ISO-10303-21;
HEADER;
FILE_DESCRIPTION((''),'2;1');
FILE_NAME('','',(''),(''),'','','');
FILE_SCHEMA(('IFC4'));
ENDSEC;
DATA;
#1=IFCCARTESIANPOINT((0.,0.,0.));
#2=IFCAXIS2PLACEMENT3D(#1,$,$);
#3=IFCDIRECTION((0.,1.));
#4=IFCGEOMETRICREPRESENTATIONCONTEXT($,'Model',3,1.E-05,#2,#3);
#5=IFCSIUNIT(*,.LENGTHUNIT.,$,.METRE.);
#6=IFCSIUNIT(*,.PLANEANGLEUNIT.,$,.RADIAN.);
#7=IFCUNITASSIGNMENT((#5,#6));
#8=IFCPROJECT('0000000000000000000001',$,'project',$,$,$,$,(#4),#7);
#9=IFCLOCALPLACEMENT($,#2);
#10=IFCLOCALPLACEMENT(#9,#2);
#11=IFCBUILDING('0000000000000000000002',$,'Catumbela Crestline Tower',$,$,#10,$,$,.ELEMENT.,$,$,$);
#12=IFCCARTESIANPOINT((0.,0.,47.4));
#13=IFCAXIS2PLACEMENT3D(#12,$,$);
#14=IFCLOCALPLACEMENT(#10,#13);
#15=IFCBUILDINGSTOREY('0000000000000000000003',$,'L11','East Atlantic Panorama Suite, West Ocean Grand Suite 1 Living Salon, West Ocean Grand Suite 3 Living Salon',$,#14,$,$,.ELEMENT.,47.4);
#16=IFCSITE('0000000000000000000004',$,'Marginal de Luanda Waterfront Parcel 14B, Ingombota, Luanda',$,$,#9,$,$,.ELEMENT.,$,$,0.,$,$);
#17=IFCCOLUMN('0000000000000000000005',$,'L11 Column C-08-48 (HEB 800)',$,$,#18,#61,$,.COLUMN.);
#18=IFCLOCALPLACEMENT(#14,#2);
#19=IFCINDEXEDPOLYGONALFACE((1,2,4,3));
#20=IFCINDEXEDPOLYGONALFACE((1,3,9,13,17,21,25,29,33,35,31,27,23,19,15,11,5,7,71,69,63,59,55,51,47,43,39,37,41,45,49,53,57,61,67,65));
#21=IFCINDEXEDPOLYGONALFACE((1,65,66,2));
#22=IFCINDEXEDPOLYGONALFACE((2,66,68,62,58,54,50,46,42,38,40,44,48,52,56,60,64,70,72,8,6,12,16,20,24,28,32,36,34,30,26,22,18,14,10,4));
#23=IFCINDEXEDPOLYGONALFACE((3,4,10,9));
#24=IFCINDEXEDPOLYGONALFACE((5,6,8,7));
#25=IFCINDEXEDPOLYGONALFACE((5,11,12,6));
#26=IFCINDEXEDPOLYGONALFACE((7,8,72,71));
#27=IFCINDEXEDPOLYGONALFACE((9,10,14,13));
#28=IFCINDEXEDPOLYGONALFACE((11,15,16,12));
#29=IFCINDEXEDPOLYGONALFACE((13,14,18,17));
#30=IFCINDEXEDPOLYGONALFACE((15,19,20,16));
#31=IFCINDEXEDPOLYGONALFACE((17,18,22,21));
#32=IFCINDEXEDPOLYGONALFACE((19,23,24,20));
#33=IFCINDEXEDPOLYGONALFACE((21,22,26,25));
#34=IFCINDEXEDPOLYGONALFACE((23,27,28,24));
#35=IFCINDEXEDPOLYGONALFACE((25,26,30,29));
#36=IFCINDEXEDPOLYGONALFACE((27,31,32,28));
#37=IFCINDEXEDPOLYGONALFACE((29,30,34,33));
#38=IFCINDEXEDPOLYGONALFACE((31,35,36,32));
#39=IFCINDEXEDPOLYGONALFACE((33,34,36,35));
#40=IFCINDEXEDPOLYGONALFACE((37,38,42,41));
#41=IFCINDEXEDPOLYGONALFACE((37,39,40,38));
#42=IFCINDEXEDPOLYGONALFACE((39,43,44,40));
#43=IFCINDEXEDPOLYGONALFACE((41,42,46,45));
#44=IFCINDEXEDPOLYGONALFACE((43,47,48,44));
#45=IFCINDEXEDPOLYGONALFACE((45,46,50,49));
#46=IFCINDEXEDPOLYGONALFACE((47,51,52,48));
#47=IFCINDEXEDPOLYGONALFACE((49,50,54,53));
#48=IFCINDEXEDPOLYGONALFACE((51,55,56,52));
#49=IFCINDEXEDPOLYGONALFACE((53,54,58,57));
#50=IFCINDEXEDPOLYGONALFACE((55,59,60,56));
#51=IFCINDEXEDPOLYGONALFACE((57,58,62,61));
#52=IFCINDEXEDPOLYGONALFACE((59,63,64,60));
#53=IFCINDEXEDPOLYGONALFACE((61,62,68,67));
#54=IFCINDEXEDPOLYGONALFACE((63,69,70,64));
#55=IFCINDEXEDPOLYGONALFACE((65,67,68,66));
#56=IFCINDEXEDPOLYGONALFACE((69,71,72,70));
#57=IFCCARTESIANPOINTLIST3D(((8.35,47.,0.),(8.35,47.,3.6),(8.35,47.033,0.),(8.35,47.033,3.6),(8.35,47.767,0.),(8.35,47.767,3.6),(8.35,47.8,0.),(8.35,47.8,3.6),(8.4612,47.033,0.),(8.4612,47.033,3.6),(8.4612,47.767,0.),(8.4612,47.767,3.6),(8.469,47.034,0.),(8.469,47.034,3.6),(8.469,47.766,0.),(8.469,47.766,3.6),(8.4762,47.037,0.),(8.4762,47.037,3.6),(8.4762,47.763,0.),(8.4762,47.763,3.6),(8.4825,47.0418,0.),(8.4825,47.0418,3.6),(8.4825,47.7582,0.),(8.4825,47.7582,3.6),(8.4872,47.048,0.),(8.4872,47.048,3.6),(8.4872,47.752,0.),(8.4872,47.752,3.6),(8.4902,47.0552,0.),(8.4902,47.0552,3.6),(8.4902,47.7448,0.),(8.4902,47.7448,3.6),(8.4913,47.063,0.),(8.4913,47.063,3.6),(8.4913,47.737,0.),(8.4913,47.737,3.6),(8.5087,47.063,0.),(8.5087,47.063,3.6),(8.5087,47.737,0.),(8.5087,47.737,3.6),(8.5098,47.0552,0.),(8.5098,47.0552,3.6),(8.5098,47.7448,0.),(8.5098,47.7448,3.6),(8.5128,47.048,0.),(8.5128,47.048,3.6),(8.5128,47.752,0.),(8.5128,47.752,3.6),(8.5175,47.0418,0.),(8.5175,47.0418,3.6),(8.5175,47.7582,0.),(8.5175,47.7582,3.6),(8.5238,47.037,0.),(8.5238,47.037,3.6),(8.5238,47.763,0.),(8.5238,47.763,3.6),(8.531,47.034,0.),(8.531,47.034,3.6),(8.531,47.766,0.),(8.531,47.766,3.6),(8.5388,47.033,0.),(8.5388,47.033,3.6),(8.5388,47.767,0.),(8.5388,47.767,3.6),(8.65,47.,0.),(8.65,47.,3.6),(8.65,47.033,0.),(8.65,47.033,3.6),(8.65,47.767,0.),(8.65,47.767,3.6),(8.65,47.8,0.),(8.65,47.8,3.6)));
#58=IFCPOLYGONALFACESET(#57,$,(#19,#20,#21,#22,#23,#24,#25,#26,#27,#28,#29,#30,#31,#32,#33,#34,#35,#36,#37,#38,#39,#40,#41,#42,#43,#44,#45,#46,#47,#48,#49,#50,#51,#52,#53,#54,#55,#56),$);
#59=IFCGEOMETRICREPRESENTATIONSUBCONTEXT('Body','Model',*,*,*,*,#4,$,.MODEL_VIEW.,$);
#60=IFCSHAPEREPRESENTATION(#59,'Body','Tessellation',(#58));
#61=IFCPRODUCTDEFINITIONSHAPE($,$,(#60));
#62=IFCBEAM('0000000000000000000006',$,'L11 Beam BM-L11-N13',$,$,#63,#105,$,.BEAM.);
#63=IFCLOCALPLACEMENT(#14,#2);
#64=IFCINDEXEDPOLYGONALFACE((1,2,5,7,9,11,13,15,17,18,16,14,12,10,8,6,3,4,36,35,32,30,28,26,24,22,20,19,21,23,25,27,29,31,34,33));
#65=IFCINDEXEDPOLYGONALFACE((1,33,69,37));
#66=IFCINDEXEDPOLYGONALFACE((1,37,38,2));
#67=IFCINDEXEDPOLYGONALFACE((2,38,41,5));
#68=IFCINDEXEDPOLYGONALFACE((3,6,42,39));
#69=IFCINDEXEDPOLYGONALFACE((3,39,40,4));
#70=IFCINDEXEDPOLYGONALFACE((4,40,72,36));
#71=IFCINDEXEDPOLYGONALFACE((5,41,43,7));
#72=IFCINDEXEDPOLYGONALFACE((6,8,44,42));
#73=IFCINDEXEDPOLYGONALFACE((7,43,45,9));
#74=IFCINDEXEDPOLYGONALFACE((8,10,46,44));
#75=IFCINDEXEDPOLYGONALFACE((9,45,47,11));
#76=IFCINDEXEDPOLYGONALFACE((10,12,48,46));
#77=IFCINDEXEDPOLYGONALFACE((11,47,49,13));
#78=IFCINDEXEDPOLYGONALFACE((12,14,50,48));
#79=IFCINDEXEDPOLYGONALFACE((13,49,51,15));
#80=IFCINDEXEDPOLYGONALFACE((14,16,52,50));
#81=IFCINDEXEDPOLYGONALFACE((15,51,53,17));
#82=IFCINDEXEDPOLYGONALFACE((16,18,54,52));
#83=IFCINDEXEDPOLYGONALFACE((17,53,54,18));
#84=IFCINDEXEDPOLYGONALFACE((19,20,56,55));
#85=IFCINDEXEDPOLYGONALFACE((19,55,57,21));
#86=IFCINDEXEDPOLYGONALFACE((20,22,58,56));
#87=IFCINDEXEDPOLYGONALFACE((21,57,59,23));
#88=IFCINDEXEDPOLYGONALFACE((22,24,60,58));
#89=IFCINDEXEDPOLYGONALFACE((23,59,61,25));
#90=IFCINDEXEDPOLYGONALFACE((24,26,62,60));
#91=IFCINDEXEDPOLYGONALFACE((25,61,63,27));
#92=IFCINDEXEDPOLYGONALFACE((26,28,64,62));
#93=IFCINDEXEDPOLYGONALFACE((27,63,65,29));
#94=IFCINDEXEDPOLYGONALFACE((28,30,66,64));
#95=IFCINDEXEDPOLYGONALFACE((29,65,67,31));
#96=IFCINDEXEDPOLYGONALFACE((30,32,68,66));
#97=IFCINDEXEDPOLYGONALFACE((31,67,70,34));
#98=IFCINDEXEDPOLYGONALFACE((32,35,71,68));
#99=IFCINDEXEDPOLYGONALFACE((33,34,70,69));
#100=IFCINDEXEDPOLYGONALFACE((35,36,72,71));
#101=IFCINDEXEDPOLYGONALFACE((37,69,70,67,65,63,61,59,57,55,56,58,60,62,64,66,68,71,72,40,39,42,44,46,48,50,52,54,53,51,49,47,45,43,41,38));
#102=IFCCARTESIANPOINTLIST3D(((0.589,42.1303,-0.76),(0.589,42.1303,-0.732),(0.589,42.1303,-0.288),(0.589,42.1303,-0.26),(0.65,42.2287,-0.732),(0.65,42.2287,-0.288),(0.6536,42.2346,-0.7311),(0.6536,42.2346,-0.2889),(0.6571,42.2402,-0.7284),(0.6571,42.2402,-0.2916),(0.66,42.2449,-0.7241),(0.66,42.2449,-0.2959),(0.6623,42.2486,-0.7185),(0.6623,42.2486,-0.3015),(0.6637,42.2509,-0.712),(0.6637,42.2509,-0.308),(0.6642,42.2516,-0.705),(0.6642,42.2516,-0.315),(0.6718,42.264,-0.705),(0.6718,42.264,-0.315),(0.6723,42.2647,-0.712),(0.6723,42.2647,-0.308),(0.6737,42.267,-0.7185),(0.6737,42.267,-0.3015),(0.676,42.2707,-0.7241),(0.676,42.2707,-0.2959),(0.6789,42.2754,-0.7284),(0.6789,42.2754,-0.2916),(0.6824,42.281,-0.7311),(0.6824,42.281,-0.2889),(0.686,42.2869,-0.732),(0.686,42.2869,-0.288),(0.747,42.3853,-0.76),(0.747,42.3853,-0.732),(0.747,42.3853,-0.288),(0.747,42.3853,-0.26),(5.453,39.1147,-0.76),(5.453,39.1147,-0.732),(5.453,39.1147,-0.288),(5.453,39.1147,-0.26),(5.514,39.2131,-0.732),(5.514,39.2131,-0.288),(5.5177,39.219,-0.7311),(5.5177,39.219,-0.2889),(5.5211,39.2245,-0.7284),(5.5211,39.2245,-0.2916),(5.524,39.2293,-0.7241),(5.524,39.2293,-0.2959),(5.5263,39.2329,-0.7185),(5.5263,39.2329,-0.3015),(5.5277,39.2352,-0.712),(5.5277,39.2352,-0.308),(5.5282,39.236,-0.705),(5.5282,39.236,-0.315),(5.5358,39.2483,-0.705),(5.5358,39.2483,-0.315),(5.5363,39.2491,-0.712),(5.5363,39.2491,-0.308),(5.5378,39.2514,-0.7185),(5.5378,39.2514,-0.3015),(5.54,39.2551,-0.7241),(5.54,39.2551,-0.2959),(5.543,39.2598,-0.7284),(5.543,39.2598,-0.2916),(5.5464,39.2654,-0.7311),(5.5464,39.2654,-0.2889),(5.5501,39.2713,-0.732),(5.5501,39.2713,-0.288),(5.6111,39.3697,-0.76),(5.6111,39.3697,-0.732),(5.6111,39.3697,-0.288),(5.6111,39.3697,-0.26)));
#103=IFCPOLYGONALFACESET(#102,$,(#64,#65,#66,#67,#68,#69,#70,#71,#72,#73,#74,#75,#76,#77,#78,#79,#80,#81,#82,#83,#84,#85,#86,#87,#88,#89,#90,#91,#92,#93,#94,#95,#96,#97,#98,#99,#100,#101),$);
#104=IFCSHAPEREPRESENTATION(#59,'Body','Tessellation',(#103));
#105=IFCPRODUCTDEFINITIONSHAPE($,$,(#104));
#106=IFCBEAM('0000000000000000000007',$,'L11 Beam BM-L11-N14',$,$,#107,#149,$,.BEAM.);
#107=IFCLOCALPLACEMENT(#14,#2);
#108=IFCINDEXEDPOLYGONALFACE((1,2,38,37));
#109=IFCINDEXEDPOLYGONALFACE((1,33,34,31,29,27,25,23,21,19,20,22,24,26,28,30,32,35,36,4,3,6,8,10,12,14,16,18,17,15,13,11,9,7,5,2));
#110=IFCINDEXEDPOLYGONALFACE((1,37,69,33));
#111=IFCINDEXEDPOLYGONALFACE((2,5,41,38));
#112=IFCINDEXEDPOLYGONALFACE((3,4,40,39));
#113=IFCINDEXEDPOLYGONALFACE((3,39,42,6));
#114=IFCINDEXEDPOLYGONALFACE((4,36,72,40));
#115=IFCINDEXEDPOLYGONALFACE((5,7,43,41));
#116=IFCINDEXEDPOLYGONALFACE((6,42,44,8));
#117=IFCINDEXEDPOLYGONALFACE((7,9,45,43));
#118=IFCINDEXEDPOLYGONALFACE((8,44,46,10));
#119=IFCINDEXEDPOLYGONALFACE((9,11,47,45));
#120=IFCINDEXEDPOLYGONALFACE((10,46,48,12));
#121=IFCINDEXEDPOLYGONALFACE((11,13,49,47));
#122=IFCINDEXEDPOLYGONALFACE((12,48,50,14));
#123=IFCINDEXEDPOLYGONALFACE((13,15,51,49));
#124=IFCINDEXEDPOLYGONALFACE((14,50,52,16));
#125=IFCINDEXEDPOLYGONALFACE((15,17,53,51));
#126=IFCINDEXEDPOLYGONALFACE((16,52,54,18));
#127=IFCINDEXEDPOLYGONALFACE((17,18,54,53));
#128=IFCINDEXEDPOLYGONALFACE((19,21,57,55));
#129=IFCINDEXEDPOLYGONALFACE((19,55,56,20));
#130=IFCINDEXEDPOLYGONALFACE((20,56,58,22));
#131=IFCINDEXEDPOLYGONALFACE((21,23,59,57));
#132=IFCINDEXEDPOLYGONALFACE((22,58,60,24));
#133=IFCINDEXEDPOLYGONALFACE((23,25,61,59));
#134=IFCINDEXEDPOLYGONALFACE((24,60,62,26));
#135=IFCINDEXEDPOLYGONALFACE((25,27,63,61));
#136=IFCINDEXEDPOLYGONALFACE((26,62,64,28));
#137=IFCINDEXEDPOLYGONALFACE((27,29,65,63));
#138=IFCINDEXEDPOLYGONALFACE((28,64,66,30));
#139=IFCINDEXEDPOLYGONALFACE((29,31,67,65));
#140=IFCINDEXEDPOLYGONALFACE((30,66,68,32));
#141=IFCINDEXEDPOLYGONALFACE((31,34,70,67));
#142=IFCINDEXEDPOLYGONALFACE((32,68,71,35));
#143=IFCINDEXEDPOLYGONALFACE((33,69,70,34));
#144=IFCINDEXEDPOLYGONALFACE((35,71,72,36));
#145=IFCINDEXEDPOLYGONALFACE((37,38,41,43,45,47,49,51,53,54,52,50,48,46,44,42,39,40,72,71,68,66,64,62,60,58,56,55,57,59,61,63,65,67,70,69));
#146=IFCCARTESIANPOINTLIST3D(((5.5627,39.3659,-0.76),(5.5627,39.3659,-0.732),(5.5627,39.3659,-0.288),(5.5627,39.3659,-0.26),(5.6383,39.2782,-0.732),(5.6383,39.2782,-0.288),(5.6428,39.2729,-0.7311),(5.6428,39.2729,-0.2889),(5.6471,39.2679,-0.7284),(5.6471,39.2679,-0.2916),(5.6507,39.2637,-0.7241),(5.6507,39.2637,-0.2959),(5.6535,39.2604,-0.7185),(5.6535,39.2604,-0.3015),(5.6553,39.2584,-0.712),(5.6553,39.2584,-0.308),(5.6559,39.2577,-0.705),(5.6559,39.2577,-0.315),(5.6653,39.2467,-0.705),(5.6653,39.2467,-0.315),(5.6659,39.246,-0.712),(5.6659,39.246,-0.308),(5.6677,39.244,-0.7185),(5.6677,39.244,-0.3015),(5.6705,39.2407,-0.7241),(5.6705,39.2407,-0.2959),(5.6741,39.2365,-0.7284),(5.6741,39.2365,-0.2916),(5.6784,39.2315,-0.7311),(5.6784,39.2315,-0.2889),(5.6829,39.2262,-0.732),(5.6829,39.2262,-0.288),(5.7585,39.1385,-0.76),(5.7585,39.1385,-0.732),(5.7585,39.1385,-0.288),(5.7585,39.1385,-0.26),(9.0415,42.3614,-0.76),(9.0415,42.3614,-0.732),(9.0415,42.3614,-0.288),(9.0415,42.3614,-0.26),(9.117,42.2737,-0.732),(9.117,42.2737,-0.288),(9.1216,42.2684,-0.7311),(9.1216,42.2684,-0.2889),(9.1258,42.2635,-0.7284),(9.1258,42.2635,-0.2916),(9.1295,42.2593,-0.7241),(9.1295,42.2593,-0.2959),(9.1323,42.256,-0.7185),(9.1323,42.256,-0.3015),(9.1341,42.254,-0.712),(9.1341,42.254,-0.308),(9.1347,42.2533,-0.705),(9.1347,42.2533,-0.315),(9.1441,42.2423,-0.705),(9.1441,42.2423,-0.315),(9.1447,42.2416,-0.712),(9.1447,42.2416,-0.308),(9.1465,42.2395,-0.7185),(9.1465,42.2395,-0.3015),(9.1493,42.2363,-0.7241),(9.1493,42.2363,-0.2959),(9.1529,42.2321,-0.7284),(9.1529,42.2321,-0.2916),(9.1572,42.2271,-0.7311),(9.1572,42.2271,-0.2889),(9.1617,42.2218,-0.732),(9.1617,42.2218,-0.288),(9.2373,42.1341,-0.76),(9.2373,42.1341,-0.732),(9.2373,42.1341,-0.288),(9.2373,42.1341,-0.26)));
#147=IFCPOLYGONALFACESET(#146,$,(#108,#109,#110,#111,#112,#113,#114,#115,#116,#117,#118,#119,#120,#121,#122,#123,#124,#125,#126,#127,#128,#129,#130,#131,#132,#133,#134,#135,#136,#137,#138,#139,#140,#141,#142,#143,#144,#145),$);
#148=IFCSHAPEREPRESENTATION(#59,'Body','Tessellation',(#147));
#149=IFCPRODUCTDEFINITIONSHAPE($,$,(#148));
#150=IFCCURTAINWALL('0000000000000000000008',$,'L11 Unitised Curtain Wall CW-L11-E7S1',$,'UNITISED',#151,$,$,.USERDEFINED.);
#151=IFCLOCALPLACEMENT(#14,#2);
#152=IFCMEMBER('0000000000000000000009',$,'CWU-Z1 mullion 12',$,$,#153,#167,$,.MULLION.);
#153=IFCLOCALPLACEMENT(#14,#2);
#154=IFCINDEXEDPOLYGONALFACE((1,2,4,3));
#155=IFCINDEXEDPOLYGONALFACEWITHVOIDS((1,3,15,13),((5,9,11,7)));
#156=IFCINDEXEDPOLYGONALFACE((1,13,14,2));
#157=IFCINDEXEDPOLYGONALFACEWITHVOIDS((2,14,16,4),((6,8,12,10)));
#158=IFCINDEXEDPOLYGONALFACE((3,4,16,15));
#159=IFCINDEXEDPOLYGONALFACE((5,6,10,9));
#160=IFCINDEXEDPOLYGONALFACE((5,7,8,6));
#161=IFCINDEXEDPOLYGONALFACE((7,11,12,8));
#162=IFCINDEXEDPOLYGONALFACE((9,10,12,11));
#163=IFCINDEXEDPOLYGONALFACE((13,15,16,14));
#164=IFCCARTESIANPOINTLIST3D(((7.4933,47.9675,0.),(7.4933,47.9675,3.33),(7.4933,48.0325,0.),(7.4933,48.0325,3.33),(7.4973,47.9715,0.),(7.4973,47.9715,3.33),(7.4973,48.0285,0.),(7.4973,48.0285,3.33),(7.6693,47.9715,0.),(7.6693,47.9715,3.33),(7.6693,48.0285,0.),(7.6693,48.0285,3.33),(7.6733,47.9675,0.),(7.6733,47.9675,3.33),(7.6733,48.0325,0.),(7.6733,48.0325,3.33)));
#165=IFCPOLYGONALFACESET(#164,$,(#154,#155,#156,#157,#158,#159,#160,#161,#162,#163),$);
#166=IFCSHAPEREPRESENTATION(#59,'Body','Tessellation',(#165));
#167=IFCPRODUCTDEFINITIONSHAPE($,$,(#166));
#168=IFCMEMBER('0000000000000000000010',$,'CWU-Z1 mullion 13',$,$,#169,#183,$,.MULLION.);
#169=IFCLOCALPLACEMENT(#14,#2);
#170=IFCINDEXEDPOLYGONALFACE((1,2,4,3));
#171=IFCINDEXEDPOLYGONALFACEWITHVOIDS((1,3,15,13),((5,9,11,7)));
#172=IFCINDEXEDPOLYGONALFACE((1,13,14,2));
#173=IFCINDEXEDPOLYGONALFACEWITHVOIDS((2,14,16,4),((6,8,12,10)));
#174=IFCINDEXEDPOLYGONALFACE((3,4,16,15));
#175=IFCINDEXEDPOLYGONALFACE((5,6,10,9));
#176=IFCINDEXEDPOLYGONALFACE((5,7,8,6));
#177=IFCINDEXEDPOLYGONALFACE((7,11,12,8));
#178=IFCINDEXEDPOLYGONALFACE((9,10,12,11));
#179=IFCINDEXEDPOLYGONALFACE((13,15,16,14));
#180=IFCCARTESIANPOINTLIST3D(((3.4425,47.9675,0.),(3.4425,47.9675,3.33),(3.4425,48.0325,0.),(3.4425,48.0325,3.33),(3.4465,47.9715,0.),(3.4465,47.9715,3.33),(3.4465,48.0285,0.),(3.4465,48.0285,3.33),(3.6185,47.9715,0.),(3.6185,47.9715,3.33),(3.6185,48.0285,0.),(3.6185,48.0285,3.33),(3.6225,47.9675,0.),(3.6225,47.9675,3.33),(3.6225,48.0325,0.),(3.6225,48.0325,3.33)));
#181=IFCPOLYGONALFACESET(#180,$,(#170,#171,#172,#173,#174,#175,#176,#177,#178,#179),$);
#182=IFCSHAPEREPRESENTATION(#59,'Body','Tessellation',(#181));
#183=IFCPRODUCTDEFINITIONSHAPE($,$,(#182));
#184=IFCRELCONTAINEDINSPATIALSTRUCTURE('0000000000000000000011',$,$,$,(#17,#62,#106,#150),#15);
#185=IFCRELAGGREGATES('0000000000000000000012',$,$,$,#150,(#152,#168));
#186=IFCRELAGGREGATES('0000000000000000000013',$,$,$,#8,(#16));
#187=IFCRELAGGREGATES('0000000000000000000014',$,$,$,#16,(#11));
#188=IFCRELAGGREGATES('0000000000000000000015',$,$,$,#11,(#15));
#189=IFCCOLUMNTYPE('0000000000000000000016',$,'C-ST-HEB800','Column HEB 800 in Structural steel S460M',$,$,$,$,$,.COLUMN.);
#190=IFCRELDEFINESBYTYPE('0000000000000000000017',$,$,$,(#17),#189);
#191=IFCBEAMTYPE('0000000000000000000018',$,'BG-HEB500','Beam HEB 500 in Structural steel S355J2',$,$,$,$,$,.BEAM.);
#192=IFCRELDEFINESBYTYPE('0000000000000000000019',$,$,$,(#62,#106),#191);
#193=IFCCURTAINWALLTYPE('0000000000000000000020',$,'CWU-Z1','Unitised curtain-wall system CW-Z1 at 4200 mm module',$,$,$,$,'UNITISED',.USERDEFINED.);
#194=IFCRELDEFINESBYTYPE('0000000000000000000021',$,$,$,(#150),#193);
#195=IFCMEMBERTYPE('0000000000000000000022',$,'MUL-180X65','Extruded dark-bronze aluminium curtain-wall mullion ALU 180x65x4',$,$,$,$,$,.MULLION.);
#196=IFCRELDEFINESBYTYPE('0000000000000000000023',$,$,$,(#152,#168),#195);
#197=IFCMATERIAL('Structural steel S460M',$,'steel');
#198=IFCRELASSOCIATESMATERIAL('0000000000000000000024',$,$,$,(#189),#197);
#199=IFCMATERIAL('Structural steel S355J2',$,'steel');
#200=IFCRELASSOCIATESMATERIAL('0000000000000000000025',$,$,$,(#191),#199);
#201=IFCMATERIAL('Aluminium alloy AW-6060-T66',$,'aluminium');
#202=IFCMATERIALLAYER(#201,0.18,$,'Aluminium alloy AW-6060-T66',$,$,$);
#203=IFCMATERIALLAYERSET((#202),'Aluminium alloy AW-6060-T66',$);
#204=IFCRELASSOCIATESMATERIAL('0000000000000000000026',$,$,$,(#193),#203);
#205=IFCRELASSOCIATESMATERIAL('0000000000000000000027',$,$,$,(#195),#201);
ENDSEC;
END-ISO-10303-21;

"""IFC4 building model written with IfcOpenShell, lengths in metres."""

from ifc_helpers import new_model, si_unit, direction, frame, origin, origin_2d, place, context, subcontext, project, spatial, hollow_rectangle, i_section, extrude, material, layer, layer_set, material_profile, profile_set, type_object, element, aggregate, save


model = new_model("IFC4")

# Units and contexts
model_context = context("Model", 3, precision=1e-05, world=origin(), true_north=direction((0.0, 1.0)))
body_context = subcontext(model_context, "Body", "Model", "MODEL_VIEW")
ifc_project = project(units=[si_unit("LENGTHUNIT", "METRE"), si_unit("PLANEANGLEUNIT", "RADIAN")], contexts=[model_context])

# Site, building, storey
site_placement = place(None, origin())
site = spatial("IfcSite", under=ifc_project, at=site_placement, Name="Marginal de Luanda Waterfront Parcel 14B, Ingombota, Luanda", CompositionType="ELEMENT", RefElevation=0.0)
building_placement = place(site_placement, origin())
building = spatial("IfcBuilding", under=site, at=building_placement, Name="Catumbela Crestline Tower", CompositionType="ELEMENT")
storey_placement = place(building_placement, frame((0.0, 0.0, 47.4)))
storey = spatial("IfcBuildingStorey", under=building, at=storey_placement, Name="L11", Description="East Atlantic Panorama Suite, West Ocean Grand Suite 1 Living Salon, West Ocean Grand Suite 3 Living Salon", CompositionType="ELEMENT", Elevation=47.4)

# Column
ifc_material_1 = material(Name="Structural steel S460M", Category="steel")
ifc_material_profile_1 = material_profile(ifc_material_1, i_section(OverallWidth=0.3, OverallDepth=0.8, WebThickness=0.0175, FlangeThickness=0.033, FilletRadius=0.03, at=origin_2d()), Name="HEB 800")
ifc_profile_set_1 = profile_set([ifc_material_profile_1], Name="Structural steel S460M")
column_type = type_object("IfcColumnType", Name="C-ST-HEB800", Description="Column HEB 800 in Structural steel S460M", PredefinedType="COLUMN", material=ifc_profile_set_1)
for number, where, z_axis, x_axis, name in (
    (1, (8.5, 47.4, 0.0), (0.0, 0.0, 1.0), (1.0, 0.0, 0.0), "L11 Column C-08-48 (HEB 800)"),
):
    element("IfcColumn", number, at=place(storey_placement, frame(where, z_axis=z_axis, x_axis=x_axis)), inside=storey, type_object=column_type, Name=name, PredefinedType="COLUMN", context=body_context, shape_type="SweptSolid", body=[
        extrude(i_section(OverallWidth=0.3, OverallDepth=0.8, WebThickness=0.0175, FlangeThickness=0.033, FilletRadius=0.03, at=origin_2d()), origin(), (0.0, 0.0, 1.0), 3.6),
    ])

# Beams
ifc_material_2 = material(Name="Structural steel S355J2", Category="steel")
ifc_material_profile_2 = material_profile(ifc_material_2, i_section(OverallWidth=0.3, OverallDepth=0.5, WebThickness=0.0145, FlangeThickness=0.028, FilletRadius=0.027, at=origin_2d()), Name="HEB 500")
ifc_profile_set_2 = profile_set([ifc_material_profile_2], Name="Structural steel S355J2")
beam_type_1 = type_object("IfcBeamType", Name="BG-HEB500", Description="Beam HEB 500 in Structural steel S355J2", PredefinedType="BEAM", material=ifc_profile_set_2)
beam_1_placement = place(storey_placement, frame((0.668, 42.2578, -0.51), z_axis=(0.849909, -0.52693, 0.0), x_axis=(0.52693, 0.849909, 0.0)))
element("IfcBeam", 2, at=beam_1_placement, inside=storey, type_object=beam_type_1, Name="L11 Beam BM-L11-N13", PredefinedType="BEAM", context=body_context, shape_type="SweptSolid", body=[
    extrude(i_section(OverallWidth=0.3, OverallDepth=0.5, WebThickness=0.0145, FlangeThickness=0.028, FilletRadius=0.027, at=origin_2d()), origin(), (0.0, 0.0, 1.0), 5.723),
])
beam_2_placement = place(storey_placement, frame((5.6606, 39.2522, -0.51), z_axis=(0.757772, 0.652519, 0.0), x_axis=(-0.652519, 0.757772, 0.0)))
element("IfcBeam", 3, at=beam_2_placement, inside=storey, type_object=beam_type_1, Name="L11 Beam BM-L11-N14", PredefinedType="BEAM", context=body_context, shape_type="SweptSolid", body=[
    extrude(i_section(OverallWidth=0.3, OverallDepth=0.5, WebThickness=0.0145, FlangeThickness=0.028, FilletRadius=0.027, at=origin_2d()), origin(), (0.0, 0.0, 1.0), 4.5908),
])

# Curtain wall, members
ifc_material_3 = material(Name="Aluminium alloy AW-6060-T66", Category="aluminium")
ifc_layer_1 = layer(ifc_material_3, 0.18, Name="Aluminium alloy AW-6060-T66")
ifc_layer_set_1 = layer_set([ifc_layer_1], Name="Aluminium alloy AW-6060-T66")
curtain_wall_type = type_object("IfcCurtainWallType", Name="CWU-Z1", Description="Unitised curtain-wall system CW-Z1 at 4200 mm module", ElementType="UNITISED", PredefinedType="USERDEFINED", material=ifc_layer_set_1)
curtain_wall_1_placement = place(storey_placement, origin())
curtain_wall_1 = element("IfcCurtainWall", 4, at=curtain_wall_1_placement, inside=storey, type_object=curtain_wall_type, Name="L11 Unitised Curtain Wall CW-L11-E7S1", ObjectType="UNITISED", PredefinedType="USERDEFINED")
ifc_material_profile_3 = material_profile(ifc_material_3, hollow_rectangle(XDim=0.065, YDim=0.18, WallThickness=0.004, at=origin_2d()), Name="ALU 180x65x4")
ifc_profile_set_3 = profile_set([ifc_material_profile_3], Name="Aluminium alloy AW-6060-T66")
member_type_1 = type_object("IfcMemberType", Name="MUL-180X65", Description="Extruded dark-bronze aluminium curtain-wall mullion ALU 180x65x4", PredefinedType="MULLION", material=ifc_profile_set_3)
member_1_placement = place(storey_placement, frame((7.5833, 48.0, 0.0), z_axis=(0.0, 0.0, 1.0), x_axis=(0.0, -1.0, 0.0)))
member_1 = element("IfcMember", 5, at=member_1_placement, type_object=member_type_1, Name="CWU-Z1 mullion 12", PredefinedType="MULLION", context=body_context, shape_type="SweptSolid", body=[
    extrude(hollow_rectangle(XDim=0.065, YDim=0.18, WallThickness=0.004, at=origin_2d()), origin(), (0.0, 0.0, 1.0), 3.33),
])
member_2_placement = place(storey_placement, frame((3.5325, 48.0, 0.0), z_axis=(0.0, 0.0, 1.0), x_axis=(0.0, -1.0, 0.0)))
member_2 = element("IfcMember", 6, at=member_2_placement, type_object=member_type_1, Name="CWU-Z1 mullion 13", PredefinedType="MULLION", context=body_context, shape_type="SweptSolid", body=[
    extrude(hollow_rectangle(XDim=0.065, YDim=0.18, WallThickness=0.004, at=origin_2d()), origin(), (0.0, 0.0, 1.0), 3.33),
])

aggregate(curtain_wall_1, [member_1, member_2])

save(model, "model.ifc")
